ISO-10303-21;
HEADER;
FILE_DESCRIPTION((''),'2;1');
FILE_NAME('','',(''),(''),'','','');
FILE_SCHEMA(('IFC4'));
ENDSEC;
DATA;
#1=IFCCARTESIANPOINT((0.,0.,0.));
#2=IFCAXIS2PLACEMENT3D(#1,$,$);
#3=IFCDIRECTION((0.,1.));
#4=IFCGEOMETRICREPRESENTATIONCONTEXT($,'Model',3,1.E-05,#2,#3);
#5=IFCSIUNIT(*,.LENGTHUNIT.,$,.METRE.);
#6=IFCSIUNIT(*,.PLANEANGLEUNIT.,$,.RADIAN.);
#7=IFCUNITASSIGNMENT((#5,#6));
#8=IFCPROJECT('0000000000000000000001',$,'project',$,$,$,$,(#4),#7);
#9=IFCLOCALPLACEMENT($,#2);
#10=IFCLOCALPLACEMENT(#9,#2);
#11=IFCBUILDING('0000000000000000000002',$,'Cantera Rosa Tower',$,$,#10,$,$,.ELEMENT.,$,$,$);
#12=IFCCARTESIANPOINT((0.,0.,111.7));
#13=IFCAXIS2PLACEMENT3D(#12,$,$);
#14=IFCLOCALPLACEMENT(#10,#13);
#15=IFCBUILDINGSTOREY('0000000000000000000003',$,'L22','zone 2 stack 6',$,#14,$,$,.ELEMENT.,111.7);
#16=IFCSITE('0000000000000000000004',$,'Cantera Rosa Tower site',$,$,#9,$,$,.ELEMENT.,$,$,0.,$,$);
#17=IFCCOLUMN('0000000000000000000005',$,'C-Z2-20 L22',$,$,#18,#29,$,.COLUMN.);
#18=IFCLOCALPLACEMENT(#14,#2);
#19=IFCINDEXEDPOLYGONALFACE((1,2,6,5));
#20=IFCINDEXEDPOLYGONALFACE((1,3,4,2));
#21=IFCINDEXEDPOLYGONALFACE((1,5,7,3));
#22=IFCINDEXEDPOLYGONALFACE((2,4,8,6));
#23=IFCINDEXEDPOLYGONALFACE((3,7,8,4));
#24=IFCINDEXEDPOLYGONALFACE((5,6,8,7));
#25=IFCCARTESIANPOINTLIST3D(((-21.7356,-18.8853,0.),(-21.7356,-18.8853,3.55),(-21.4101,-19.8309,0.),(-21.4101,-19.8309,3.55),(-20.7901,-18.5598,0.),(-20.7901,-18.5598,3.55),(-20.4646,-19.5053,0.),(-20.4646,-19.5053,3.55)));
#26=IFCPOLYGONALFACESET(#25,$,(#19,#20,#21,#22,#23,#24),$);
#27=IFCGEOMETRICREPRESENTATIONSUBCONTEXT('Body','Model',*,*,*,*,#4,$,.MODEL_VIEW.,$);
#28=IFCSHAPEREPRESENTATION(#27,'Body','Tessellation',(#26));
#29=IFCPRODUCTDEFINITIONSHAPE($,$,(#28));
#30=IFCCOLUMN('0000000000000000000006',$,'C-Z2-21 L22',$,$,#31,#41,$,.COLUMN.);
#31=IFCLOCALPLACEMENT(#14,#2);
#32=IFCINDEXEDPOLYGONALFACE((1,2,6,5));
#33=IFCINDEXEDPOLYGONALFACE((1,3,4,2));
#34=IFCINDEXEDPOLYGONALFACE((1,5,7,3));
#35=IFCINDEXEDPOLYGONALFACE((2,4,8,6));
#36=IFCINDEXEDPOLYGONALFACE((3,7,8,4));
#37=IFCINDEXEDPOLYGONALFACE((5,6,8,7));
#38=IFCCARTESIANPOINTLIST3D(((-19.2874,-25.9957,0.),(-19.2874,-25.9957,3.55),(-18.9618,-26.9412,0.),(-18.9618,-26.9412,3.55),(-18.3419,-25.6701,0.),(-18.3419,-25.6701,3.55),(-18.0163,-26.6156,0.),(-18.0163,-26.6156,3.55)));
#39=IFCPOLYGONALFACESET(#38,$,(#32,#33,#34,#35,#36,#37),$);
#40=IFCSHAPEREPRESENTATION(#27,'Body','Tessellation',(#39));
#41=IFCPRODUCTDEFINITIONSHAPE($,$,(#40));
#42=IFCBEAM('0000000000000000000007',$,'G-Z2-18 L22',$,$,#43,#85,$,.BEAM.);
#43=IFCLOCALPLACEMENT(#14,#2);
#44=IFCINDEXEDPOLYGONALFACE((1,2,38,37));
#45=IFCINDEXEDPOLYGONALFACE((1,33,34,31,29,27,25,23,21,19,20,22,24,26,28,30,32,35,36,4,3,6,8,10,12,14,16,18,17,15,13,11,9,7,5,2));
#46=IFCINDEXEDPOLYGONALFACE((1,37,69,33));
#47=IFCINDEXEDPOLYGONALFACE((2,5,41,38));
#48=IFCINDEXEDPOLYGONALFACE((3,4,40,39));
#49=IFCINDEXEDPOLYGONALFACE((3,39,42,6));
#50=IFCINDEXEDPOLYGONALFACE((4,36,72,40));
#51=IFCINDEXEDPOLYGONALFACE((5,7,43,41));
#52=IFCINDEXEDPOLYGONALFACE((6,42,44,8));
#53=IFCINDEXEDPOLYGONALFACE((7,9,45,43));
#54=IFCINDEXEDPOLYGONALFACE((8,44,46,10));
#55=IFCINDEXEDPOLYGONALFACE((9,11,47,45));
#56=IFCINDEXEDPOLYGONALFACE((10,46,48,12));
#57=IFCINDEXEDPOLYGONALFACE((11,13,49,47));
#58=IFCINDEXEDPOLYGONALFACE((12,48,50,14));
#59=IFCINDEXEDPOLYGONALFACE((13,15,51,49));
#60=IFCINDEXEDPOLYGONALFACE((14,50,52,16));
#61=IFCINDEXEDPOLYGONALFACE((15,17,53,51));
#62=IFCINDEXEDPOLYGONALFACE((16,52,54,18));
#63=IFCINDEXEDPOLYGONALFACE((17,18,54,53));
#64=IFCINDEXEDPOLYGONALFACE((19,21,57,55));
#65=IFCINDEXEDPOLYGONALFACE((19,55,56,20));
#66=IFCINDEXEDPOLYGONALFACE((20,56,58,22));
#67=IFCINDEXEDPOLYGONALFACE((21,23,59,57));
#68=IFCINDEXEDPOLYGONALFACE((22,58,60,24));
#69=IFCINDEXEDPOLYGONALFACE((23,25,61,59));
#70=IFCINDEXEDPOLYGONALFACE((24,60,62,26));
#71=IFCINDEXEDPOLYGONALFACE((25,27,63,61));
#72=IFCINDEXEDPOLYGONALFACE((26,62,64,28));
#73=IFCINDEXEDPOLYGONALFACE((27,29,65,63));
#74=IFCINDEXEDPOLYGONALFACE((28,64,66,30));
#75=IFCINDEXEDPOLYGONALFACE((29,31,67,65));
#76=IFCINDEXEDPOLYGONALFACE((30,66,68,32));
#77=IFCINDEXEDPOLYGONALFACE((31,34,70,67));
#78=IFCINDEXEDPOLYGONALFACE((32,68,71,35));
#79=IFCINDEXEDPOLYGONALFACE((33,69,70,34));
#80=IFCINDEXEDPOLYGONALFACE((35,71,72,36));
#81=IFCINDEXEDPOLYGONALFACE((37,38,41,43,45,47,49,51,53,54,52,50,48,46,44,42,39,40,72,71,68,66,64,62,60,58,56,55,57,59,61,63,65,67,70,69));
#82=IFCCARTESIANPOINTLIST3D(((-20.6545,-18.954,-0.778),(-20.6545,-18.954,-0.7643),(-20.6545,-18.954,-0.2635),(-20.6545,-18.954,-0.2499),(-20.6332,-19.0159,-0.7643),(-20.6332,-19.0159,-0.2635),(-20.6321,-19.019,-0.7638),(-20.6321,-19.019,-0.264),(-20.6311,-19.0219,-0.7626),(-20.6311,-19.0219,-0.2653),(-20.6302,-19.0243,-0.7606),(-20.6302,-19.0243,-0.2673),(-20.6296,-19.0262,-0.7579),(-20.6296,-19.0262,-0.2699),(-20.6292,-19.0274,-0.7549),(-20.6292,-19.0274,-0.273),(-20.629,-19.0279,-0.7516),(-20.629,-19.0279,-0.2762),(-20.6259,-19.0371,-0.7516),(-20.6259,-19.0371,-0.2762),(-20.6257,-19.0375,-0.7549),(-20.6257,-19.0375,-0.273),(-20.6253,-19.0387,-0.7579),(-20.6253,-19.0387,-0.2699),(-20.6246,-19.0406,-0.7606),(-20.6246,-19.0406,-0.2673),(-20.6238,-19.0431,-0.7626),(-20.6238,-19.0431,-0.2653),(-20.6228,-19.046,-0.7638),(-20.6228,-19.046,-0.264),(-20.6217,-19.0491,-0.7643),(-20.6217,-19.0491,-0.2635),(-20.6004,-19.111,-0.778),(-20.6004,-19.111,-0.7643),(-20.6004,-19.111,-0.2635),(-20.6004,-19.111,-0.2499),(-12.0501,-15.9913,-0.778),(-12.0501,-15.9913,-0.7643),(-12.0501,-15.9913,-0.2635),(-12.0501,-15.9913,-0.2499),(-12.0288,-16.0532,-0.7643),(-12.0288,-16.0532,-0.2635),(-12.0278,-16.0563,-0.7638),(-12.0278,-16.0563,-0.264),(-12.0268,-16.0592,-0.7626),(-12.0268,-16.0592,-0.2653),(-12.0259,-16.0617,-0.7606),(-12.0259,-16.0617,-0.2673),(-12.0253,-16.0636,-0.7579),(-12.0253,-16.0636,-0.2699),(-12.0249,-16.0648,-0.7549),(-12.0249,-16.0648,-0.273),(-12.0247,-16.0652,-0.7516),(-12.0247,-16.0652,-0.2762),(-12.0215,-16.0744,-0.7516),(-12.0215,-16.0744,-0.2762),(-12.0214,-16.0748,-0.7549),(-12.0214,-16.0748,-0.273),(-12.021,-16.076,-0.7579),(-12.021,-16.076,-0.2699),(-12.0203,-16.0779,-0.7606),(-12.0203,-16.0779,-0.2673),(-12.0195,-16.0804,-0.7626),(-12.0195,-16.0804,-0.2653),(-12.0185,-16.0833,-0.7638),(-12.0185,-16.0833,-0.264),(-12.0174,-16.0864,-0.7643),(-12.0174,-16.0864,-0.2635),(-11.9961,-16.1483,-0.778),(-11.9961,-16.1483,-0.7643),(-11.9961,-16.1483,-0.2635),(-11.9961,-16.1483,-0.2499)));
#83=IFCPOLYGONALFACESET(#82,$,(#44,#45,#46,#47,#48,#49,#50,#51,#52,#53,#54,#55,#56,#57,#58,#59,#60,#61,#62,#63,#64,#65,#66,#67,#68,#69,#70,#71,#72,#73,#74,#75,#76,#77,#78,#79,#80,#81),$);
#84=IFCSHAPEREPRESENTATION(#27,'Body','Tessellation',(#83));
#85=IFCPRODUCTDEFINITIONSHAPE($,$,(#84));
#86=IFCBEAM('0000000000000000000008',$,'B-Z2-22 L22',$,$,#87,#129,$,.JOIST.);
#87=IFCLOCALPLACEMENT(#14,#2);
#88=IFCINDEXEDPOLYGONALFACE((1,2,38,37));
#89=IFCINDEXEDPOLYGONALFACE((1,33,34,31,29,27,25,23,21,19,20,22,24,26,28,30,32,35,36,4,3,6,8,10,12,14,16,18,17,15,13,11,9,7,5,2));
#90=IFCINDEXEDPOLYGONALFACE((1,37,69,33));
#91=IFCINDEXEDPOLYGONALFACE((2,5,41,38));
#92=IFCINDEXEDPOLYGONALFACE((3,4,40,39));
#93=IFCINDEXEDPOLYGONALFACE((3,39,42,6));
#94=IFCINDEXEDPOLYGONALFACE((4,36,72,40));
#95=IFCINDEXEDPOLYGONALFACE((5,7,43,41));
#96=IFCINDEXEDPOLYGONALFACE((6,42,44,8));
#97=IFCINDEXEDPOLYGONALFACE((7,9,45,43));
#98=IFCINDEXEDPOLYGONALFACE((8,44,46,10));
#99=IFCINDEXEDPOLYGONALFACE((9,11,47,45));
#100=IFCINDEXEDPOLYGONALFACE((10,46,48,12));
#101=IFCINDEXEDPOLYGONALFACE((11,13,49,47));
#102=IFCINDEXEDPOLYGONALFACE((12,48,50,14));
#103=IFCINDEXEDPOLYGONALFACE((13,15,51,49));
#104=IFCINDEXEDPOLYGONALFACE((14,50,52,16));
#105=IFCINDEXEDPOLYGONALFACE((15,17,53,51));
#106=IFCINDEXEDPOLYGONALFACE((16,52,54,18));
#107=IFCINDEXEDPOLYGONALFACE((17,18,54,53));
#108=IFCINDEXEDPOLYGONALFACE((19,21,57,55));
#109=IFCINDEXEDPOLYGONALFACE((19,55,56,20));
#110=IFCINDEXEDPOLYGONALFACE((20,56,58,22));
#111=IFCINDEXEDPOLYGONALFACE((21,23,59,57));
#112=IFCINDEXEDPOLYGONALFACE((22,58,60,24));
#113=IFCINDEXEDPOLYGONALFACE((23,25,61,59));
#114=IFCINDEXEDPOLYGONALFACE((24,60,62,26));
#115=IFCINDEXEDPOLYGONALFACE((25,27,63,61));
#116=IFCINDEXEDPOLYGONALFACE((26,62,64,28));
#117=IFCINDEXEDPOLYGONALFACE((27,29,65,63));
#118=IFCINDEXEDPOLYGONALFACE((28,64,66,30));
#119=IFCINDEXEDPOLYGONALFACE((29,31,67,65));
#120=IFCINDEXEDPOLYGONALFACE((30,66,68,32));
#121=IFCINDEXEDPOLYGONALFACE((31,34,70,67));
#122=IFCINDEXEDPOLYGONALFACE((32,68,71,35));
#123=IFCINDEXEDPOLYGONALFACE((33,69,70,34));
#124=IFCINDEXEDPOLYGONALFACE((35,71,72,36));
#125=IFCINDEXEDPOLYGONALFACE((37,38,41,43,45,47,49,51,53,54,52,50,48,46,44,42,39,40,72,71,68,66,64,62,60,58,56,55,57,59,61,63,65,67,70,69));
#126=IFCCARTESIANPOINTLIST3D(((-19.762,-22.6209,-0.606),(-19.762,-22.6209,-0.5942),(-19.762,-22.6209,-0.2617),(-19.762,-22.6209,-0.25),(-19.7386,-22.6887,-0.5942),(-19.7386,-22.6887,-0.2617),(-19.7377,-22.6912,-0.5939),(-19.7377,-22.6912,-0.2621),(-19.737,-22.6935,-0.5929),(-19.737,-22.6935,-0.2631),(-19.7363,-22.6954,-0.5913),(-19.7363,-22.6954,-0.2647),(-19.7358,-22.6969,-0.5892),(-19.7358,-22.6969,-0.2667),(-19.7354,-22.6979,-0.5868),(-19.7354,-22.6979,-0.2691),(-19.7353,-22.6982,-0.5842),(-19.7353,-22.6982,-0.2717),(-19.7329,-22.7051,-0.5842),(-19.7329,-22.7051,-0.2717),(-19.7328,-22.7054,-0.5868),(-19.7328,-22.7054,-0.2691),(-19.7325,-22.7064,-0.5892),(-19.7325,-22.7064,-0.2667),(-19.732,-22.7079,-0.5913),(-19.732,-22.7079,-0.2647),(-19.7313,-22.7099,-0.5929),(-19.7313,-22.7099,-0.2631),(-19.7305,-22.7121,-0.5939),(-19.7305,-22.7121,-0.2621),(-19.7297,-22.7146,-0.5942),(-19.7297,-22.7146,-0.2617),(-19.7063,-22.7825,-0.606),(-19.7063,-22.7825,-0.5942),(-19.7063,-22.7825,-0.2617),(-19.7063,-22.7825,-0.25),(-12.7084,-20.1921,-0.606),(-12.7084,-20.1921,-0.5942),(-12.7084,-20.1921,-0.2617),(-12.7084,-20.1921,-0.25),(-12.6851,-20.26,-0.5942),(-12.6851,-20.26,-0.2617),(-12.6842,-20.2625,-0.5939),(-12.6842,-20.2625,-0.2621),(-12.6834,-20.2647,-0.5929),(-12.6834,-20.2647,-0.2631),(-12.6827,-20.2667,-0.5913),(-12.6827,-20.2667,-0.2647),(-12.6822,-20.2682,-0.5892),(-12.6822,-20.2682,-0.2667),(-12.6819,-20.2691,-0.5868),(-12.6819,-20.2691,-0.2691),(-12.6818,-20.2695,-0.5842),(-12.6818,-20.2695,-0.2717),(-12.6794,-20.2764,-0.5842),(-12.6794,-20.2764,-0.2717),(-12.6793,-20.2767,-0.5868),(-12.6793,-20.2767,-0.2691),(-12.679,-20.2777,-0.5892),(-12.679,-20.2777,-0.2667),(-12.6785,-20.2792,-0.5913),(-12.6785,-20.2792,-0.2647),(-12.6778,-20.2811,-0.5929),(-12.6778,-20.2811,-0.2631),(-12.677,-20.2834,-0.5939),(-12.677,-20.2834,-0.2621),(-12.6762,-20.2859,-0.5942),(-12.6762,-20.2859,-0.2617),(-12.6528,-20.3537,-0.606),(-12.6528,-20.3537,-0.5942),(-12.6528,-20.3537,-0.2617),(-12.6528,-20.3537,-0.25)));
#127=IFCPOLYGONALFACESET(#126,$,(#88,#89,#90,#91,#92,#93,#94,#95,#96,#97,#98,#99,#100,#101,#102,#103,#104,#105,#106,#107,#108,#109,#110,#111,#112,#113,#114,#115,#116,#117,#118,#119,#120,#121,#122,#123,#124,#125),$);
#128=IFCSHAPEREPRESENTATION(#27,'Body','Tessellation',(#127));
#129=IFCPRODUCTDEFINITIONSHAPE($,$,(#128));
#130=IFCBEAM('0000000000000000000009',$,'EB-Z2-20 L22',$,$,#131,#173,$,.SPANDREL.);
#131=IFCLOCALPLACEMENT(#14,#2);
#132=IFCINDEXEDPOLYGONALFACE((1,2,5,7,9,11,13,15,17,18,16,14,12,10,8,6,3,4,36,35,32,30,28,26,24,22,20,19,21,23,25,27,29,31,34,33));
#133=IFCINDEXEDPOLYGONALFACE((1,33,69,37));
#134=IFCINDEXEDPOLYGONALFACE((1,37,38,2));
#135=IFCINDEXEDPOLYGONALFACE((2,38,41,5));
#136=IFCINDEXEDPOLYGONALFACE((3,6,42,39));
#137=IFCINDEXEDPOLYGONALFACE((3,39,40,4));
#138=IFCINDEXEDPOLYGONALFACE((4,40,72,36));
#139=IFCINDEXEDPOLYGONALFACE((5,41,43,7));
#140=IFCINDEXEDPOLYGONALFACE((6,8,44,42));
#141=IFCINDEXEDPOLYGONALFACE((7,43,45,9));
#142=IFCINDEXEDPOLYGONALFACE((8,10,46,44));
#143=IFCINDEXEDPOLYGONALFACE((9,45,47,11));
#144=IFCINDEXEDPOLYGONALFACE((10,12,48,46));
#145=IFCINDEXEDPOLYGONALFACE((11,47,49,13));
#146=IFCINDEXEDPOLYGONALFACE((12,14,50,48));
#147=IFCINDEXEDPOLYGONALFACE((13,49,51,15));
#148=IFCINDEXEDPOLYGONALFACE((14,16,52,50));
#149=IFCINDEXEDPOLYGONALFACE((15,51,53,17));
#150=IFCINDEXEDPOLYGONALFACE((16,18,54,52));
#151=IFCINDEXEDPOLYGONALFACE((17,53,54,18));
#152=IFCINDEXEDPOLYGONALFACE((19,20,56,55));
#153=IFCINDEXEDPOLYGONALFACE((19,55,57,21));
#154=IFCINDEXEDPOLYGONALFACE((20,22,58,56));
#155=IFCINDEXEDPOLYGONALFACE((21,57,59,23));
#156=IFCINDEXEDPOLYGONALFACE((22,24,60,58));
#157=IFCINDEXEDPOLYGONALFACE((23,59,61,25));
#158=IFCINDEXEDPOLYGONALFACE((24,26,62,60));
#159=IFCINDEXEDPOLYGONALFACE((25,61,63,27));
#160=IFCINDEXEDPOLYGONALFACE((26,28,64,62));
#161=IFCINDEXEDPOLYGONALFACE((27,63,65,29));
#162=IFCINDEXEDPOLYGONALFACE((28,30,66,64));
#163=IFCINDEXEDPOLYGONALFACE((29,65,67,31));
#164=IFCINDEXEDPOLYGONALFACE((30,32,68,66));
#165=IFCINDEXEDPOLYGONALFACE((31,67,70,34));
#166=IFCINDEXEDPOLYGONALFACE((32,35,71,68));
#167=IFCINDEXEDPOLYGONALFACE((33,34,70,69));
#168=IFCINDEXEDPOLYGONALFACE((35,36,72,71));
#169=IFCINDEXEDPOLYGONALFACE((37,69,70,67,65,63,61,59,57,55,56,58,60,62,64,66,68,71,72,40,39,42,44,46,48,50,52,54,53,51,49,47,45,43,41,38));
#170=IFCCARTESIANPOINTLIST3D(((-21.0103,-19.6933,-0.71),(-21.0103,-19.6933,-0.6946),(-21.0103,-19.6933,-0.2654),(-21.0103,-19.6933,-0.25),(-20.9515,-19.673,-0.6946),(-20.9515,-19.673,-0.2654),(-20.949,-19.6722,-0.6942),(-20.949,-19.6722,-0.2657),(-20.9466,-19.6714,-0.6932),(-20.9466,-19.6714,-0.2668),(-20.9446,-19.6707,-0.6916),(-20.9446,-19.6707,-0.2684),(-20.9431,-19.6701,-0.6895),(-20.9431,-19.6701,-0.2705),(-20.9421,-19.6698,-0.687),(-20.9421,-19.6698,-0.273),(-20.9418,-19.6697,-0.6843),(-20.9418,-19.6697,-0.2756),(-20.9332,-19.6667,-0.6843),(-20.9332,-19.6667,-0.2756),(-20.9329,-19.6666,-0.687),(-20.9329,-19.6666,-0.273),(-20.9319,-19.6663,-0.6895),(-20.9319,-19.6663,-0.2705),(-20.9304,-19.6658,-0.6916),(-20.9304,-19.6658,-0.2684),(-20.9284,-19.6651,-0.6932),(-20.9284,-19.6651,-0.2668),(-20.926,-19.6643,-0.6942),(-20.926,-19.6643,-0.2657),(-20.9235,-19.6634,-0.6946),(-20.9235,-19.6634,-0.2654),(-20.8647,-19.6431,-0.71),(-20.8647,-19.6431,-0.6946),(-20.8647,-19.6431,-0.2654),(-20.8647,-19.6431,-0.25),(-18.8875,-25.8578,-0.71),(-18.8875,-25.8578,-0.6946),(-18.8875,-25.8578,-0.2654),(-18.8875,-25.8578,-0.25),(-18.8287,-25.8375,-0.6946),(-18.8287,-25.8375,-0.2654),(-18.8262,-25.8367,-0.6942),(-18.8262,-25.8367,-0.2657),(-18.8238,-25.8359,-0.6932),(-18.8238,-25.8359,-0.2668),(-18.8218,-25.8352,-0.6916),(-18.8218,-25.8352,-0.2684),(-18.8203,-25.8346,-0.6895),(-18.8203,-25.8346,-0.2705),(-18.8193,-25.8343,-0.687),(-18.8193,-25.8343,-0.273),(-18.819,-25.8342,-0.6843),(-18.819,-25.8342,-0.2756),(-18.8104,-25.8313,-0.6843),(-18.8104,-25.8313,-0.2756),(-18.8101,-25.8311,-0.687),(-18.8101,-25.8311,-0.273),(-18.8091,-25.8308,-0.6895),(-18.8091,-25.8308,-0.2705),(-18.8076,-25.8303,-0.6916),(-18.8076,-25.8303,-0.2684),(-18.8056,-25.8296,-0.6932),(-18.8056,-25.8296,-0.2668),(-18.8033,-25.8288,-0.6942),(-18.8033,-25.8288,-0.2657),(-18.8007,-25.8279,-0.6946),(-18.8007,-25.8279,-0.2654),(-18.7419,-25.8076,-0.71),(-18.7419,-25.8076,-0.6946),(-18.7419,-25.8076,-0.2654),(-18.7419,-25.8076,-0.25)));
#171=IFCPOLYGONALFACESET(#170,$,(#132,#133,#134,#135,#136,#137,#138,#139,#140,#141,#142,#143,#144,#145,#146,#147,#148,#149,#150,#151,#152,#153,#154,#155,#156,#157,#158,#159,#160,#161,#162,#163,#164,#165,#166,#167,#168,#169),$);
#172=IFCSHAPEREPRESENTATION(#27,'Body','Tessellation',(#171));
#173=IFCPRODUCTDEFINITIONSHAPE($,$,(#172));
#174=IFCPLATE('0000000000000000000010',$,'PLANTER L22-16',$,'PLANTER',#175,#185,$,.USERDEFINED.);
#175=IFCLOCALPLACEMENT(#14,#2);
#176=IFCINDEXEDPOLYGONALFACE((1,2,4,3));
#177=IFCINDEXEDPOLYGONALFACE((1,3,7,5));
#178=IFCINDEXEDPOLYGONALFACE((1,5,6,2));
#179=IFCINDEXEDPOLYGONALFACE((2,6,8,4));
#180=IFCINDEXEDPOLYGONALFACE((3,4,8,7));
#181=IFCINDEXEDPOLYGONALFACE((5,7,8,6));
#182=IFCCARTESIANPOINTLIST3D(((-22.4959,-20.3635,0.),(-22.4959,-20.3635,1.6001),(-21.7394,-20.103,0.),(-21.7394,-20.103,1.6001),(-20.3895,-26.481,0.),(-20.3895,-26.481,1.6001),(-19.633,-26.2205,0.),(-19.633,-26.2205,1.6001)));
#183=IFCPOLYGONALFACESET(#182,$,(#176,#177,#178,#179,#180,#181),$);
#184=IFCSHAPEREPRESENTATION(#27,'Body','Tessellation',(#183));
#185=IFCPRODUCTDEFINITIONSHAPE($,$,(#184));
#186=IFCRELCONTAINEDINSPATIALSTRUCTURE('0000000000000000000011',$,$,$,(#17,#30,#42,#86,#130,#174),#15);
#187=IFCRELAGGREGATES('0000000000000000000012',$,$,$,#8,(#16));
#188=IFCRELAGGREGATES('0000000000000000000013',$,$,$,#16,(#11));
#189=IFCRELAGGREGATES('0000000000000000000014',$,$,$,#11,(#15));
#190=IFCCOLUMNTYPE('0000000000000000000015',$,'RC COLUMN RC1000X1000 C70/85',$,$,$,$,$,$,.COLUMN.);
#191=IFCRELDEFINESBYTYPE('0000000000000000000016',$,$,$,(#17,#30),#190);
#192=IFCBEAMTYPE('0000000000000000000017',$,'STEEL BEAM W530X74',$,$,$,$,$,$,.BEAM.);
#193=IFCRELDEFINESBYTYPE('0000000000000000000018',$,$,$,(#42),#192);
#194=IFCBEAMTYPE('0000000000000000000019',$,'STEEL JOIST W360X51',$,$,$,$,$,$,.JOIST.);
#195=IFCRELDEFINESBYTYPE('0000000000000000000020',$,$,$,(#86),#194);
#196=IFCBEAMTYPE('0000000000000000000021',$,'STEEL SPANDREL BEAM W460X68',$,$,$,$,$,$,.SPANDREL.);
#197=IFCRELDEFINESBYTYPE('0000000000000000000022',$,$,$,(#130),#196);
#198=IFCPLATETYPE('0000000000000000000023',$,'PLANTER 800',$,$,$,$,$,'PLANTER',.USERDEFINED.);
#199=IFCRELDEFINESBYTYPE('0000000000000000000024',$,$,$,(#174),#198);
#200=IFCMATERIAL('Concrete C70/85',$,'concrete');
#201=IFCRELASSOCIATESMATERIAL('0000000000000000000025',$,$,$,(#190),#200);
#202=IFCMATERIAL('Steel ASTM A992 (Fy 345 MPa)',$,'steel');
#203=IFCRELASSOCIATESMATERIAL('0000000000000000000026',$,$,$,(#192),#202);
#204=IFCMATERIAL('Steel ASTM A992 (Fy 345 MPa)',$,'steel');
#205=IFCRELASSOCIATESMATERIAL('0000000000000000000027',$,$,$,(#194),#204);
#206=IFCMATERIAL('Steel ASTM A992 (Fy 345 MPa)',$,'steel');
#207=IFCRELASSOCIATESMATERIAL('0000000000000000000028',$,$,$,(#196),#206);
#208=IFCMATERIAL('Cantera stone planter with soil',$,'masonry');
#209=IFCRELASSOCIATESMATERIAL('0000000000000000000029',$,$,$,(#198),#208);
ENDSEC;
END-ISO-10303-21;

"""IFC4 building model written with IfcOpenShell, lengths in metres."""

from ifc_helpers import new_model, si_unit, direction, frame, origin, origin_2d, place, context, subcontext, project, spatial, rectangle, i_section, extrude, material, material_profile, profile_set, type_object, element, save


model = new_model("IFC4")

# Units and contexts
model_context = context("Model", 3, precision=1e-05, world=origin(), true_north=direction((0.0, 1.0)))
body_context = subcontext(model_context, "Body", "Model", "MODEL_VIEW")
ifc_project = project(units=[si_unit("LENGTHUNIT", "METRE"), si_unit("PLANEANGLEUNIT", "RADIAN")], contexts=[model_context])

# Site, building, storey
site_placement = place(None, origin())
site = spatial("IfcSite", under=ifc_project, at=site_placement, Name="Cantera Rosa Tower site", CompositionType="ELEMENT", RefElevation=0.0)
building_placement = place(site_placement, origin())
building = spatial("IfcBuilding", under=site, at=building_placement, Name="Cantera Rosa Tower", CompositionType="ELEMENT")
storey_placement = place(building_placement, frame((0.0, 0.0, 111.7)))
storey = spatial("IfcBuildingStorey", under=building, at=storey_placement, Name="L22", Description="zone 2 stack 6", CompositionType="ELEMENT", Elevation=111.7)

# Columns
ifc_material_1 = material(Name="Concrete C70/85", Category="concrete")
ifc_material_profile_1 = material_profile(ifc_material_1, rectangle(XDim=1.0, YDim=1.0, at=origin_2d()), Name="RC COLUMN RC1000X1000 C70/85")
ifc_profile_set_1 = profile_set([ifc_material_profile_1], Name="Concrete C70/85")
column_type = type_object("IfcColumnType", Name="RC COLUMN RC1000X1000 C70/85", PredefinedType="COLUMN", material=ifc_profile_set_1)
for number, where, z_axis, x_axis, name in (
    (1, (-21.1001, -19.1953, 0.0), (0.0, 0.0, 1.0), (0.945519, 0.325568, 0.0), "C-Z2-20 L22"),
    (2, (-18.6519, -26.3057, 0.0), (0.0, 0.0, 1.0), (0.945519, 0.325568, 0.0), "C-Z2-21 L22"),
):
    element("IfcColumn", number, at=place(storey_placement, frame(where, z_axis=z_axis, x_axis=x_axis)), inside=storey, type_object=column_type, Name=name, PredefinedType="COLUMN", context=body_context, shape_type="SweptSolid", body=[
        extrude(rectangle(XDim=1.0, YDim=1.0, at=origin_2d()), origin(), (0.0, 0.0, 1.0), 3.55),
    ])

# Beams
ifc_material_2 = material(Name="Steel ASTM A992 (Fy 345 MPa)", Category="steel")
ifc_material_profile_2 = material_profile(ifc_material_2, i_section(OverallWidth=0.166, OverallDepth=0.5281, WebThickness=0.0098, FlangeThickness=0.0137, FilletRadius=0.0127, at=origin_2d()), Name="W530X74")
ifc_profile_set_2 = profile_set([ifc_material_profile_2], Name="Steel ASTM A992 (Fy 345 MPa)")
beam_type_1 = type_object("IfcBeamType", Name="STEEL BEAM W530X74", PredefinedType="BEAM", material=ifc_profile_set_2)
beam_1_placement = place(storey_placement, frame((-20.6274, -19.0325, -0.5139), z_axis=(0.94552, 0.325565, 0.0), x_axis=(-0.325565, 0.94552, 0.0)))
element("IfcBeam", 3, at=beam_1_placement, inside=storey, type_object=beam_type_1, Name="G-Z2-18 L22", PredefinedType="BEAM", context=body_context, shape_type="SweptSolid", body=[
    extrude(i_section(OverallWidth=0.166, OverallDepth=0.5281, WebThickness=0.0098, FlangeThickness=0.0137, FilletRadius=0.0127, at=origin_2d()), origin(), (0.0, 0.0, 1.0), 9.1001),
])
ifc_material_3 = material(Name="Steel ASTM A992 (Fy 345 MPa)", Category="steel")
ifc_material_profile_3 = material_profile(ifc_material_3, i_section(OverallWidth=0.1709, OverallDepth=0.356, WebThickness=0.0073, FlangeThickness=0.0117, FilletRadius=0.01, at=origin_2d()), Name="W360X51")
ifc_profile_set_3 = profile_set([ifc_material_profile_3], Name="Steel ASTM A992 (Fy 345 MPa)")
beam_type_2 = type_object("IfcBeamType", Name="STEEL JOIST W360X51", PredefinedType="JOIST", material=ifc_profile_set_3)
beam_2_placement = place(storey_placement, frame((-19.7341, -22.7017, -0.428), z_axis=(0.945518, 0.325569, 0.0), x_axis=(-0.325569, 0.945518, 0.0)))
element("IfcBeam", 4, at=beam_2_placement, inside=storey, type_object=beam_type_2, Name="B-Z2-22 L22", PredefinedType="JOIST", context=body_context, shape_type="SweptSolid", body=[
    extrude(i_section(OverallWidth=0.1709, OverallDepth=0.356, WebThickness=0.0073, FlangeThickness=0.0117, FilletRadius=0.01, at=origin_2d()), origin(), (0.0, 0.0, 1.0), 7.46),
])
ifc_material_4 = material(Name="Steel ASTM A992 (Fy 345 MPa)", Category="steel")
ifc_material_profile_4 = material_profile(ifc_material_4, i_section(OverallWidth=0.1541, OverallDepth=0.46, WebThickness=0.009, FlangeThickness=0.0154, FilletRadius=0.0103, at=origin_2d()), Name="W460X68")
ifc_profile_set_4 = profile_set([ifc_material_profile_4], Name="Steel ASTM A992 (Fy 345 MPa)")
beam_type_3 = type_object("IfcBeamType", Name="STEEL SPANDREL BEAM W460X68", PredefinedType="SPANDREL", material=ifc_profile_set_4)
beam_3_placement = place(storey_placement, frame((-20.9375, -19.6682, -0.48), z_axis=(0.325593, -0.94551, 0.0), x_axis=(0.94551, 0.325593, 0.0)))
element("IfcBeam", 5, at=beam_3_placement, inside=storey, type_object=beam_type_3, Name="EB-Z2-20 L22", PredefinedType="SPANDREL", context=body_context, shape_type="SweptSolid", body=[
    extrude(i_section(OverallWidth=0.1541, OverallDepth=0.46, WebThickness=0.009, FlangeThickness=0.0154, FilletRadius=0.0103, at=origin_2d()), origin(), (0.0, 0.0, 1.0), 6.5198),
])

# Plate
ifc_material_5 = material(Name="Cantera stone planter with soil", Category="masonry")
plate_type = type_object("IfcPlateType", Name="PLANTER 800", ElementType="PLANTER", PredefinedType="USERDEFINED", material=ifc_material_5)
plate_placement = place(storey_placement, frame((-21.0645, -23.292, 0.0), z_axis=(0.0, 0.0, 1.0), x_axis=(0.325568, -0.945519, 0.0)))
element("IfcPlate", 6, at=plate_placement, inside=storey, type_object=plate_type, Name="PLANTER L22-16", ObjectType="PLANTER", PredefinedType="USERDEFINED", context=body_context, shape_type="SweptSolid", body=[
    extrude(rectangle(XDim=6.47, YDim=0.8, at=origin_2d()), origin(), (0.0, 0.0, 1.0), 1.6001),
])

save(model, "model.ifc")
